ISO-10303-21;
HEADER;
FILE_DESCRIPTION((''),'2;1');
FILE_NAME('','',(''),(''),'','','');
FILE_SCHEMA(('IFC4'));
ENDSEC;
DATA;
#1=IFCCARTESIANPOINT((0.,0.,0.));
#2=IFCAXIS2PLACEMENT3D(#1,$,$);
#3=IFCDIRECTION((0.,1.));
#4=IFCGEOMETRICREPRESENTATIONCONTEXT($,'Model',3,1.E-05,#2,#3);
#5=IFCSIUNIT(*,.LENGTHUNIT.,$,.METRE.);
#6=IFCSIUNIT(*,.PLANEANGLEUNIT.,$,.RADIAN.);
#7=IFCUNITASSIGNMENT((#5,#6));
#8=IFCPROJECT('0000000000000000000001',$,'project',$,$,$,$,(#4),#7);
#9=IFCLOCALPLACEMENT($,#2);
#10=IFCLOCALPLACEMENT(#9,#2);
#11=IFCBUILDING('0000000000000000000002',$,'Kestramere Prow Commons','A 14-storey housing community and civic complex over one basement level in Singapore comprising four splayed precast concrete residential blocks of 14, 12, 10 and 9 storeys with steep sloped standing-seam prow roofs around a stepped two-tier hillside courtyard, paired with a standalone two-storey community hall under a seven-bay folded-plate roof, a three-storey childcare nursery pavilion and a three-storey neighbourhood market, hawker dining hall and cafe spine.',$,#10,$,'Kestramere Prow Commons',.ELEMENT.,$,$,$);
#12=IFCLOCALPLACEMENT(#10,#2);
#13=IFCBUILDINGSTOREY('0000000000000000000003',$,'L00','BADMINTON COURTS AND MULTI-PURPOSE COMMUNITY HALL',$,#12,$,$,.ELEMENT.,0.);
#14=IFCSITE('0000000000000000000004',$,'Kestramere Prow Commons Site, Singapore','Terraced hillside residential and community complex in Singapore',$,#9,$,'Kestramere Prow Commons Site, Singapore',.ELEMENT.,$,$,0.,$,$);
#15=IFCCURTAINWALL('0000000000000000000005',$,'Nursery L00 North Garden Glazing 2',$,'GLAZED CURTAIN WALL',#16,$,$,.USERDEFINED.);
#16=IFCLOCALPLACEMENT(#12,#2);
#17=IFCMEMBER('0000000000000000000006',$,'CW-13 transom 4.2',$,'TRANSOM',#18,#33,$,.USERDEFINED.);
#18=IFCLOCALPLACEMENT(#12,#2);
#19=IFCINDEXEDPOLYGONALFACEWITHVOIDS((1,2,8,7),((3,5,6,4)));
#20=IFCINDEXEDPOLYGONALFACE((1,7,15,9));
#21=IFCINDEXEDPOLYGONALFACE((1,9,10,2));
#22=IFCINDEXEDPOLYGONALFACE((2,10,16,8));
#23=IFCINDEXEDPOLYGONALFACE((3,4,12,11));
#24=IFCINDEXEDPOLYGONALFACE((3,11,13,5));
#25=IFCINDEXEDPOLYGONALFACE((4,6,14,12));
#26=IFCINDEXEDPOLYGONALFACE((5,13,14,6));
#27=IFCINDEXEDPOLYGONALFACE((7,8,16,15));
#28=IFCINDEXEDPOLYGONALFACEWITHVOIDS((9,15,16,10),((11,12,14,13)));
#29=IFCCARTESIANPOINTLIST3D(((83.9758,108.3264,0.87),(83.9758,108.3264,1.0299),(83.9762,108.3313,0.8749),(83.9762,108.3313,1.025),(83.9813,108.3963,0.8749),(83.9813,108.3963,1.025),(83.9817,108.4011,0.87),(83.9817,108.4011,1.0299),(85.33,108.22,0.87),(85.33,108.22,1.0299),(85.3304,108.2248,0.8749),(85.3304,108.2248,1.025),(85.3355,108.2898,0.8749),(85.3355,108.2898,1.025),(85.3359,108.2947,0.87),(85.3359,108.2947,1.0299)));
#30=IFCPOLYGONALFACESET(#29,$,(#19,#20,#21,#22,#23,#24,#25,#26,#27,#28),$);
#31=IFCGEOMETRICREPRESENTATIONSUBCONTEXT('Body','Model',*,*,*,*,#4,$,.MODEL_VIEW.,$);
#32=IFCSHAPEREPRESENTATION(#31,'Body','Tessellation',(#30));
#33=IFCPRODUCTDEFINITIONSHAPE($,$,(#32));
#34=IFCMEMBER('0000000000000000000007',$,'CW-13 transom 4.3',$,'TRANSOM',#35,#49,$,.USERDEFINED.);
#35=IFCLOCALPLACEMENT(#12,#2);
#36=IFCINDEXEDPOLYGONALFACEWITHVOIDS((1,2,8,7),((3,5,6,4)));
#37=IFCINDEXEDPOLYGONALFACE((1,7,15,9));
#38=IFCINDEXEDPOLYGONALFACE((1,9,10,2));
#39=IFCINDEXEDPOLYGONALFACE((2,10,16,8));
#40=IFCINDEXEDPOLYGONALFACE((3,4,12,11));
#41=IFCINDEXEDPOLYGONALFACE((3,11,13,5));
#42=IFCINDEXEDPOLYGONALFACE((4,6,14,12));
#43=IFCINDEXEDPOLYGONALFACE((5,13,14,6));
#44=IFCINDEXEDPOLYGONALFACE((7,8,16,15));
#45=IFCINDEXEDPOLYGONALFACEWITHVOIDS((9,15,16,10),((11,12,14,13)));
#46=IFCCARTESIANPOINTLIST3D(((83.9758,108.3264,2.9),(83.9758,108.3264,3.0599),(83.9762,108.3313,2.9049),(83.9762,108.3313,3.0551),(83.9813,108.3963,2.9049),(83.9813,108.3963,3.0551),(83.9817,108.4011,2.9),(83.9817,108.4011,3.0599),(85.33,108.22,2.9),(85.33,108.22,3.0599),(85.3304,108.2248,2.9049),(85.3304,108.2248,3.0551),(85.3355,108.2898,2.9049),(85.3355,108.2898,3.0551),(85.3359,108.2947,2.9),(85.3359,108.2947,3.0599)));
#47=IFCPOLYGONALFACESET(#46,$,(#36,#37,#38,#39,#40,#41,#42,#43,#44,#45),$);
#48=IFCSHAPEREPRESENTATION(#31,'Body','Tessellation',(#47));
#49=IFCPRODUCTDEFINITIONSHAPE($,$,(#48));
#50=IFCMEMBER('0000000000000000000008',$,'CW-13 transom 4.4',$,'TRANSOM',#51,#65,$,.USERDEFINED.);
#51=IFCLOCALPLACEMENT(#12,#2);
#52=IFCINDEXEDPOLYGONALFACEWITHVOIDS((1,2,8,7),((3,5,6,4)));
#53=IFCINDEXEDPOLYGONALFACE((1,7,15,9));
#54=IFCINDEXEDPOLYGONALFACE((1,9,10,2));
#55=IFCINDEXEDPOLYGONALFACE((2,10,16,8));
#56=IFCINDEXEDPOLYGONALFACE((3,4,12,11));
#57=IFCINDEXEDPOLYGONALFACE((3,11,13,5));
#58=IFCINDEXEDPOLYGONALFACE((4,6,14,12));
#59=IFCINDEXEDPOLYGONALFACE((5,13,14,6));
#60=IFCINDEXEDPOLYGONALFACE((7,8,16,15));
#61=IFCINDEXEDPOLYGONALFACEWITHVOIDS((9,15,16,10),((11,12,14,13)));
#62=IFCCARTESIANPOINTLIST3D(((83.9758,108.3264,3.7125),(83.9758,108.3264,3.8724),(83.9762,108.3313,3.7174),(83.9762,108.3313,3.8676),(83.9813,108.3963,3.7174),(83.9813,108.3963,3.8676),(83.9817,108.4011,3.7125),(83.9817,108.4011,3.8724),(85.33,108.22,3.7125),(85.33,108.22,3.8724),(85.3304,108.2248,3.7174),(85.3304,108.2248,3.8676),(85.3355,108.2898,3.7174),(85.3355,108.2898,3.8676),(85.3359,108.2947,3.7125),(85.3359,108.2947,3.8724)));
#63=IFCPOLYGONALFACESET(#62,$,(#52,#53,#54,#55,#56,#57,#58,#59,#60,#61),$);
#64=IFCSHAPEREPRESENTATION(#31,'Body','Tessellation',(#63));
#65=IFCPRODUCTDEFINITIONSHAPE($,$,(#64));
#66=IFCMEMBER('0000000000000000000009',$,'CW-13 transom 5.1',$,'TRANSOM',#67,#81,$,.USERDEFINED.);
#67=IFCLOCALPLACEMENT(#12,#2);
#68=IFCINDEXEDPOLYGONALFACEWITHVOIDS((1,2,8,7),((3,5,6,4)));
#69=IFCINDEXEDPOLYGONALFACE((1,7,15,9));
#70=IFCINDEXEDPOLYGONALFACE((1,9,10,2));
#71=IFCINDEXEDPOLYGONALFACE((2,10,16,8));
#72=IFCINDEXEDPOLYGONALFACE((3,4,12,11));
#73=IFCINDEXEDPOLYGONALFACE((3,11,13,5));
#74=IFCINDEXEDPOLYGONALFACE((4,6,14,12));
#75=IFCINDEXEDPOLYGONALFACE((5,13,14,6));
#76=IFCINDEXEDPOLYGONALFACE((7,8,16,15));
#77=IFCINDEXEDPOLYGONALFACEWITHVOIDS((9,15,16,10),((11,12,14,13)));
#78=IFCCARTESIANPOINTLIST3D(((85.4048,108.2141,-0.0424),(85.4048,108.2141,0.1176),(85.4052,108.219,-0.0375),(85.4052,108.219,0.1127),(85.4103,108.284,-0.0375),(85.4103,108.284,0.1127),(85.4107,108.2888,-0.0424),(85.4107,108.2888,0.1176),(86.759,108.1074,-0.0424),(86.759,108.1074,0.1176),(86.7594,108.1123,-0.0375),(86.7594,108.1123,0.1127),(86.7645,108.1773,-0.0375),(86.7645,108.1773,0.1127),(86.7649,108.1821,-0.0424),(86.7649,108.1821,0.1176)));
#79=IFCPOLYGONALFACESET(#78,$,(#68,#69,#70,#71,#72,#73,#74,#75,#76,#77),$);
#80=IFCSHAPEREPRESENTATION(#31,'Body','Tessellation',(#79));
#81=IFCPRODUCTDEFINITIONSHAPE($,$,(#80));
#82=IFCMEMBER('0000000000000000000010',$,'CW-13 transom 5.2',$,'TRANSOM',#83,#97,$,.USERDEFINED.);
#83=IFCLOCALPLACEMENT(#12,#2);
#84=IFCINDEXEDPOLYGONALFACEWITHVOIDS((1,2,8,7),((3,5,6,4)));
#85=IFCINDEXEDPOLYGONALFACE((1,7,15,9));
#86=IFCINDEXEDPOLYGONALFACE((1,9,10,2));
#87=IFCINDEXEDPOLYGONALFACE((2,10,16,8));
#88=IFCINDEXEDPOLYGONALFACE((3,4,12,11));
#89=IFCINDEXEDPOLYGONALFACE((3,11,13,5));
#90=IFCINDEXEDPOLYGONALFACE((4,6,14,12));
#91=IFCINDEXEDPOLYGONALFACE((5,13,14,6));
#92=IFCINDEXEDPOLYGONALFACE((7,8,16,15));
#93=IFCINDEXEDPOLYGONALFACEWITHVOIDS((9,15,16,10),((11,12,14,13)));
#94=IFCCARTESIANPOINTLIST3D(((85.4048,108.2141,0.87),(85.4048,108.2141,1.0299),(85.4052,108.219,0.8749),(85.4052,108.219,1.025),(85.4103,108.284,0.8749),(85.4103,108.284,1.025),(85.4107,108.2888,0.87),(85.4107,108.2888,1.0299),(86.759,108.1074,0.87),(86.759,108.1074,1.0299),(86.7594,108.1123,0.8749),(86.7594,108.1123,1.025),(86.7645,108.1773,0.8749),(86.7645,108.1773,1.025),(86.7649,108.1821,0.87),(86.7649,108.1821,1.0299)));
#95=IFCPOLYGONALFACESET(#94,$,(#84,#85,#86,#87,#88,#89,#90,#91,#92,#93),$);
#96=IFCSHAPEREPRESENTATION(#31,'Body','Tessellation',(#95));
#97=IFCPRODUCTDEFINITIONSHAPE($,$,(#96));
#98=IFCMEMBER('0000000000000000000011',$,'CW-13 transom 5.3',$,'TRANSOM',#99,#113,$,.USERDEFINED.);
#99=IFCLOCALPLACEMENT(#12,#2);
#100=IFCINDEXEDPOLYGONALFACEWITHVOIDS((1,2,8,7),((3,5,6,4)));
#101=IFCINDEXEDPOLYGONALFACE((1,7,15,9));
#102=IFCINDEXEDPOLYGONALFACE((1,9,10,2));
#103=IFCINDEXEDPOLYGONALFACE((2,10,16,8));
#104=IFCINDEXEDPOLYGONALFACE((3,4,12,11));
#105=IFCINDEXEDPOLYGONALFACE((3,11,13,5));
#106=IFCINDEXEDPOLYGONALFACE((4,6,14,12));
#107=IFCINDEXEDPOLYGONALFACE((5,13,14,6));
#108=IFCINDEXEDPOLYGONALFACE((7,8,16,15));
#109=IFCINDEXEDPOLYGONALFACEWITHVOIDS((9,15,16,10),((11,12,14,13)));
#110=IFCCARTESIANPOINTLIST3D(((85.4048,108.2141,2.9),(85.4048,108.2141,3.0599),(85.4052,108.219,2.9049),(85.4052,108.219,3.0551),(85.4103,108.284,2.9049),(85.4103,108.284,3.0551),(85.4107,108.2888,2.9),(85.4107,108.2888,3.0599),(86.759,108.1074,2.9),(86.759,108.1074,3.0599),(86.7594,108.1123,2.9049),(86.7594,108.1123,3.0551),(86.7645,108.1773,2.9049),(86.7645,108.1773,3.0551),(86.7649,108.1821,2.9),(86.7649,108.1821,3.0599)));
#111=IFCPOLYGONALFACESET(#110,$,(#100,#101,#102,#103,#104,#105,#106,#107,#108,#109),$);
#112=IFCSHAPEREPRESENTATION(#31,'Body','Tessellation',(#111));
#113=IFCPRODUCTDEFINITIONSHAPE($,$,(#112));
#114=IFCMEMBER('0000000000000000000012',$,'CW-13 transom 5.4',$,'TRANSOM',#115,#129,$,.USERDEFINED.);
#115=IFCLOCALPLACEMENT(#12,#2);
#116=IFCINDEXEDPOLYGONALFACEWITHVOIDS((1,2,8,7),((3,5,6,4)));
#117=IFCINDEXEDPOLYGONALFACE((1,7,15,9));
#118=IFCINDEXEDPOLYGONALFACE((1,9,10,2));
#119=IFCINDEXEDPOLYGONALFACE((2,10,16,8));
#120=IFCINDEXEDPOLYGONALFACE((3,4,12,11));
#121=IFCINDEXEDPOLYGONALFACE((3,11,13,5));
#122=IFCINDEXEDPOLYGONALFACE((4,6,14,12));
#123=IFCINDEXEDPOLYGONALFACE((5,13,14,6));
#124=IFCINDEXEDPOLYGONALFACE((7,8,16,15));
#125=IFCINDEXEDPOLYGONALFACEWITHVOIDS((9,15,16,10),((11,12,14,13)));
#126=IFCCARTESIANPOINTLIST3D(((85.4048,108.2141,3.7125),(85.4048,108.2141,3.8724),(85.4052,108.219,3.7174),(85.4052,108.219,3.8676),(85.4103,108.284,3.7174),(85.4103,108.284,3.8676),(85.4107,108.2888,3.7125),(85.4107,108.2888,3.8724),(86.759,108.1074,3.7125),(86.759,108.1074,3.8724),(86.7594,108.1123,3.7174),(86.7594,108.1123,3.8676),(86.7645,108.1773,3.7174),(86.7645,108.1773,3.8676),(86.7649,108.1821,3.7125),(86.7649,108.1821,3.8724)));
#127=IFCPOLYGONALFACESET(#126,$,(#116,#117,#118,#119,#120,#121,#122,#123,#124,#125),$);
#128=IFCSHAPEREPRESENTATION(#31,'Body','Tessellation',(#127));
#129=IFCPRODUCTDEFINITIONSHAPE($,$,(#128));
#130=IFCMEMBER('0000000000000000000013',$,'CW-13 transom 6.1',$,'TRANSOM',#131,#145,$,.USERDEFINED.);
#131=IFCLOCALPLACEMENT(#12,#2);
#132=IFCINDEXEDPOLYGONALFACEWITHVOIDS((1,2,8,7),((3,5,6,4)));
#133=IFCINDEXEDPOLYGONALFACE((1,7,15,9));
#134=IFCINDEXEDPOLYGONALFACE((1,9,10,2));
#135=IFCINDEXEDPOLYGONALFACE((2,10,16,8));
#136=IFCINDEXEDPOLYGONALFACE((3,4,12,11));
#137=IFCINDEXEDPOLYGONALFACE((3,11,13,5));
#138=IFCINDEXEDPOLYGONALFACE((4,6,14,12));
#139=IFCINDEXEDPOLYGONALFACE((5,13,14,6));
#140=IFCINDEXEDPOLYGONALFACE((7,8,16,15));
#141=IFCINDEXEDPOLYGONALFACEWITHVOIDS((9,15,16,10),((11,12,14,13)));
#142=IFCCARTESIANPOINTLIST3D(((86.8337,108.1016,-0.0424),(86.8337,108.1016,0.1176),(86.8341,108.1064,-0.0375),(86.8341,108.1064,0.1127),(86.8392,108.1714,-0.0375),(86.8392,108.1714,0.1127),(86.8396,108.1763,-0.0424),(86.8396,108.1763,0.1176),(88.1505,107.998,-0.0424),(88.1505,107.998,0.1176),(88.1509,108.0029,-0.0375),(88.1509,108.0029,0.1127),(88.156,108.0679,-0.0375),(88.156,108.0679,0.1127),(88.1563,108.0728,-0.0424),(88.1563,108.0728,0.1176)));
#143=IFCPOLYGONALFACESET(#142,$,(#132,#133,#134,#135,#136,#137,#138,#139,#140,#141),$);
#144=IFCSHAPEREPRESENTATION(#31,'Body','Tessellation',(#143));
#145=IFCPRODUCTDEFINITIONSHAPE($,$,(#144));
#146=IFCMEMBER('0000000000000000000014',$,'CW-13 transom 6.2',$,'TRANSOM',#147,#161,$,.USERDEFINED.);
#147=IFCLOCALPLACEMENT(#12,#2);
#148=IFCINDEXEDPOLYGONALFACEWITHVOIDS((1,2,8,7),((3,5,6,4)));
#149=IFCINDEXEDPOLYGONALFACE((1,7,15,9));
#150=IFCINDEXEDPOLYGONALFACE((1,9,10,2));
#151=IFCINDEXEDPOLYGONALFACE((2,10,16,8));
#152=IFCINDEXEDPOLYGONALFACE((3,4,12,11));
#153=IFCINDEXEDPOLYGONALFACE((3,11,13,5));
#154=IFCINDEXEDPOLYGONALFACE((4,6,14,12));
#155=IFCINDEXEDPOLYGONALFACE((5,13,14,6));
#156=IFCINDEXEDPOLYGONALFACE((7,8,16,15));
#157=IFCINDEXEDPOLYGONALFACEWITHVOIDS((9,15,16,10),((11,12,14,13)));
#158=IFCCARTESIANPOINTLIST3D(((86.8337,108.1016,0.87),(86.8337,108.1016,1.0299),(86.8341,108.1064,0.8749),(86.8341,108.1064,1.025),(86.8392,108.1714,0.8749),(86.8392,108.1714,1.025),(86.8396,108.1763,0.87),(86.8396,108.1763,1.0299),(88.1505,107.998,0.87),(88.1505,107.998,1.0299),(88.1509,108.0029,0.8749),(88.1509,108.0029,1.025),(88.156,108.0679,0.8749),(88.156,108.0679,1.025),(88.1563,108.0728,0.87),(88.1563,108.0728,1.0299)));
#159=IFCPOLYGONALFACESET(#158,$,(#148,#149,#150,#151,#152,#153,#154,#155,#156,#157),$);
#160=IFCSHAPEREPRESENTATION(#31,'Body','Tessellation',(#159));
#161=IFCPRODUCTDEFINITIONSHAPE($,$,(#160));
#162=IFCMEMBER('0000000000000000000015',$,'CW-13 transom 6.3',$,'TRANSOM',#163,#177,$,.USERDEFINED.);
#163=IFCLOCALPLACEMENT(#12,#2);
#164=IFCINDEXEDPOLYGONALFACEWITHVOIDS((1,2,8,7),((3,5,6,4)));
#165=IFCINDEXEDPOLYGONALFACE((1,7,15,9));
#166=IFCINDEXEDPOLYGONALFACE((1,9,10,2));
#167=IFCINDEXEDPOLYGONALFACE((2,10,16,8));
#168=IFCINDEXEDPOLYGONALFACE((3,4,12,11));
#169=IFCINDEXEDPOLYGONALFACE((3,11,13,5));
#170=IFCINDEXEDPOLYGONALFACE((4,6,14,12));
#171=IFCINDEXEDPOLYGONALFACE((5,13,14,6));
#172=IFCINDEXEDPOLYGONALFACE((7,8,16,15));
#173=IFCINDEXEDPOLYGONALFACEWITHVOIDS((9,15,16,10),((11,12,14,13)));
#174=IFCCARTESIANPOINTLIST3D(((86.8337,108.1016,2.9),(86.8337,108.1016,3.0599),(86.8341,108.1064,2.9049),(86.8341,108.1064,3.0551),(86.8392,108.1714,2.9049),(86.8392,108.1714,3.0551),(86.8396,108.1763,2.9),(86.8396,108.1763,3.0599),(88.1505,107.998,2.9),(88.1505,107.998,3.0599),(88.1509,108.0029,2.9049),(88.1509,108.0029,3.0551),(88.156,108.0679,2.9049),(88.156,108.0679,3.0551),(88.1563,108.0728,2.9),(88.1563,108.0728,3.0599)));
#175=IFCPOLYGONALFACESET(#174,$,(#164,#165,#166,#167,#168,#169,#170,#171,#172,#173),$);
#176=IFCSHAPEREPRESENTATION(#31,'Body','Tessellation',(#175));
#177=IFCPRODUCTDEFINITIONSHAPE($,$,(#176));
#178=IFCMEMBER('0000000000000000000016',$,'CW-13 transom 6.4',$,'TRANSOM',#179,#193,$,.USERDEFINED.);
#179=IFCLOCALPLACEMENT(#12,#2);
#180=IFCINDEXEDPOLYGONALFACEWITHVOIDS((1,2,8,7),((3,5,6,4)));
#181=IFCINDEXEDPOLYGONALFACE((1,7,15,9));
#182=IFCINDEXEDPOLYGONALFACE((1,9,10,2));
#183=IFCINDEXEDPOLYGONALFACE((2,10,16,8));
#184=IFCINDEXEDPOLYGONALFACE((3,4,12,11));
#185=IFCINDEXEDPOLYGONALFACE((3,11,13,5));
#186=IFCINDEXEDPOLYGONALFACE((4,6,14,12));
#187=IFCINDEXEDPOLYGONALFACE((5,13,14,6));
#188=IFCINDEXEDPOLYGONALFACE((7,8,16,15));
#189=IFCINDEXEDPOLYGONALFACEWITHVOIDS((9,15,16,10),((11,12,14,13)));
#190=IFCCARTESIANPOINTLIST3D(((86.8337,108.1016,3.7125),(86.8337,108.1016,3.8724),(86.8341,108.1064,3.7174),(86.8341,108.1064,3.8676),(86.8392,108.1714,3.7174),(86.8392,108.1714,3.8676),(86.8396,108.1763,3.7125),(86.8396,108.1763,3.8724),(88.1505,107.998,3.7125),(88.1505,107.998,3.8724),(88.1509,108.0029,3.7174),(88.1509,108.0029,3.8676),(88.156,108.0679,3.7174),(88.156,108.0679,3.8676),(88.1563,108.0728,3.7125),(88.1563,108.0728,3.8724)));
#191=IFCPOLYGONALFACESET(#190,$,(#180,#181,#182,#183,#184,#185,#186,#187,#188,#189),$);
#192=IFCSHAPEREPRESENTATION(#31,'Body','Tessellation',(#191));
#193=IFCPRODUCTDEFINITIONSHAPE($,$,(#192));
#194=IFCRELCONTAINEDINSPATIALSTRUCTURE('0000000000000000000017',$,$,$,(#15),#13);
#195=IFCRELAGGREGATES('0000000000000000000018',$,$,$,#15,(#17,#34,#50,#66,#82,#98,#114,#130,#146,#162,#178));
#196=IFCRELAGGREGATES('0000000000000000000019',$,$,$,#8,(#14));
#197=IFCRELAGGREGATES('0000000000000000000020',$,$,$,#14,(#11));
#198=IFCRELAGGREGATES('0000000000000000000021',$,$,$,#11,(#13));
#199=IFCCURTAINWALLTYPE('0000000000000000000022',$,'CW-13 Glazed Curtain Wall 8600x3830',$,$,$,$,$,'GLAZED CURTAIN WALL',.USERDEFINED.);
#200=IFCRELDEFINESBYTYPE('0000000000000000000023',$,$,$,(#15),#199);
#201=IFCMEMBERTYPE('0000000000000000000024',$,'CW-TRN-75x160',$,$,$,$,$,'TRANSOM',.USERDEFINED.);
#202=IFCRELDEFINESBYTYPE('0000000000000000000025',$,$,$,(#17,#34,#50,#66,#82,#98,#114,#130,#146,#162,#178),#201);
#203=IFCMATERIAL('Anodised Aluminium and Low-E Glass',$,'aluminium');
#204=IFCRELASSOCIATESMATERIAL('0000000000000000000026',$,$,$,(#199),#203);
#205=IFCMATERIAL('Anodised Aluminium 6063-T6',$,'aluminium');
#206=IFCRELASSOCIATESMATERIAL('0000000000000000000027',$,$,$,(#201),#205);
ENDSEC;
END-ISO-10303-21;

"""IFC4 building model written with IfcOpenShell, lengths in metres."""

from ifc_helpers import new_model, si_unit, direction, frame, origin, origin_2d, place, context, subcontext, project, spatial, hollow_rectangle, extrude, material, material_profile, profile_set, type_object, element, aggregate, save


model = new_model("IFC4")

# Units and contexts
model_context = context("Model", 3, precision=1e-05, world=origin(), true_north=direction((0.0, 1.0)))
body_context = subcontext(model_context, "Body", "Model", "MODEL_VIEW")
ifc_project = project(units=[si_unit("LENGTHUNIT", "METRE"), si_unit("PLANEANGLEUNIT", "RADIAN")], contexts=[model_context])

# Site, building, storey
site_placement = place(None, origin())
site = spatial("IfcSite", under=ifc_project, at=site_placement, Name="Kestramere Prow Commons Site, Singapore", Description="Terraced hillside residential and community complex in Singapore", LongName="Kestramere Prow Commons Site, Singapore", CompositionType="ELEMENT", RefElevation=0.0)
building_placement = place(site_placement, origin())
building = spatial("IfcBuilding", under=site, at=building_placement, Name="Kestramere Prow Commons", Description="A 14-storey housing community and civic complex over one basement level in Singapore comprising four splayed precast concrete residential blocks of 14, 12, 10 and 9 storeys with steep sloped standing-seam prow roofs around a stepped two-tier hillside courtyard, paired with a standalone two-storey community hall under a seven-bay folded-plate roof, a three-storey childcare nursery pavilion and a three-storey neighbourhood market, hawker dining hall and cafe spine.", LongName="Kestramere Prow Commons", CompositionType="ELEMENT")
storey_placement = place(building_placement, origin())
storey = spatial("IfcBuildingStorey", under=building, at=storey_placement, Name="L00", Description="BADMINTON COURTS AND MULTI-PURPOSE COMMUNITY HALL", CompositionType="ELEMENT", Elevation=0.0)

# Curtain wall, members
ifc_material_1 = material(Name="Anodised Aluminium and Low-E Glass", Category="aluminium")
curtain_wall_type = type_object("IfcCurtainWallType", Name="CW-13 Glazed Curtain Wall 8600x3830", ElementType="GLAZED CURTAIN WALL", PredefinedType="USERDEFINED", material=ifc_material_1)
curtain_wall_placement = place(storey_placement, origin())
curtain_wall = element("IfcCurtainWall", 1, at=curtain_wall_placement, inside=storey, type_object=curtain_wall_type, Name="Nursery L00 North Garden Glazing 2", ObjectType="GLAZED CURTAIN WALL", PredefinedType="USERDEFINED")
ifc_material_2 = material(Name="Anodised Aluminium 6063-T6", Category="aluminium")
ifc_material_profile_1 = material_profile(ifc_material_2, hollow_rectangle(XDim=0.075, YDim=0.1599, WallThickness=0.0049, at=origin_2d()), Name="ALU-TRN 75x160")
ifc_profile_set_1 = profile_set([ifc_material_profile_1], Name="Anodised Aluminium 6063-T6")
member_type_1 = type_object("IfcMemberType", Name="CW-TRN-75x160", ElementType="TRANSOM", PredefinedType="USERDEFINED", material=ifc_profile_set_1)
member_1_placement = place(storey_placement, frame((83.9788, 108.3638, 0.95), z_axis=(0.996925, -0.078359, 0.0), x_axis=(0.078359, 0.996925, 0.0)))
member_1 = element("IfcMember", 2, at=member_1_placement, type_object=member_type_1, Name="CW-13 transom 4.2", ObjectType="TRANSOM", PredefinedType="USERDEFINED", context=body_context, shape_type="SweptSolid", body=[
    extrude(hollow_rectangle(XDim=0.075, YDim=0.1599, WallThickness=0.0049, at=origin_2d()), origin(), (0.0, 0.0, 1.0), 1.3584),
])
member_2_placement = place(storey_placement, frame((83.9788, 108.3638, 2.98), z_axis=(0.996925, -0.078359, 0.0), x_axis=(0.078359, 0.996925, 0.0)))
member_2 = element("IfcMember", 3, at=member_2_placement, type_object=member_type_1, Name="CW-13 transom 4.3", ObjectType="TRANSOM", PredefinedType="USERDEFINED", context=body_context, shape_type="SweptSolid", body=[
    extrude(hollow_rectangle(XDim=0.075, YDim=0.1599, WallThickness=0.0049, at=origin_2d()), origin(), (0.0, 0.0, 1.0), 1.3584),
])
member_3_placement = place(storey_placement, frame((83.9788, 108.3638, 3.7925), z_axis=(0.996925, -0.078359, 0.0), x_axis=(0.078359, 0.996925, 0.0)))
member_3 = element("IfcMember", 4, at=member_3_placement, type_object=member_type_1, Name="CW-13 transom 4.4", ObjectType="TRANSOM", PredefinedType="USERDEFINED", context=body_context, shape_type="SweptSolid", body=[
    extrude(hollow_rectangle(XDim=0.075, YDim=0.1599, WallThickness=0.0049, at=origin_2d()), origin(), (0.0, 0.0, 1.0), 1.3584),
])
member_4_placement = place(storey_placement, frame((85.4077, 108.2515, 0.0376), z_axis=(0.996911, -0.078538, 0.0), x_axis=(0.078538, 0.996911, 0.0)))
member_4 = element("IfcMember", 5, at=member_4_placement, type_object=member_type_1, Name="CW-13 transom 5.1", ObjectType="TRANSOM", PredefinedType="USERDEFINED", context=body_context, shape_type="SweptSolid", body=[
    extrude(hollow_rectangle(XDim=0.075, YDim=0.1599, WallThickness=0.0049, at=origin_2d()), origin(), (0.0, 0.0, 1.0), 1.3584),
])
member_5_placement = place(storey_placement, frame((85.4077, 108.2515, 0.95), z_axis=(0.996911, -0.078538, 0.0), x_axis=(0.078538, 0.996911, 0.0)))
member_5 = element("IfcMember", 6, at=member_5_placement, type_object=member_type_1, Name="CW-13 transom 5.2", ObjectType="TRANSOM", PredefinedType="USERDEFINED", context=body_context, shape_type="SweptSolid", body=[
    extrude(hollow_rectangle(XDim=0.075, YDim=0.1599, WallThickness=0.0049, at=origin_2d()), origin(), (0.0, 0.0, 1.0), 1.3584),
])
member_6_placement = place(storey_placement, frame((85.4077, 108.2515, 2.98), z_axis=(0.996911, -0.078538, 0.0), x_axis=(0.078538, 0.996911, 0.0)))
member_6 = element("IfcMember", 7, at=member_6_placement, type_object=member_type_1, Name="CW-13 transom 5.3", ObjectType="TRANSOM", PredefinedType="USERDEFINED", context=body_context, shape_type="SweptSolid", body=[
    extrude(hollow_rectangle(XDim=0.075, YDim=0.1599, WallThickness=0.0049, at=origin_2d()), origin(), (0.0, 0.0, 1.0), 1.3584),
])
member_7_placement = place(storey_placement, frame((85.4077, 108.2515, 3.7925), z_axis=(0.996911, -0.078538, 0.0), x_axis=(0.078538, 0.996911, 0.0)))
member_7 = element("IfcMember", 8, at=member_7_placement, type_object=member_type_1, Name="CW-13 transom 5.4", ObjectType="TRANSOM", PredefinedType="USERDEFINED", context=body_context, shape_type="SweptSolid", body=[
    extrude(hollow_rectangle(XDim=0.075, YDim=0.1599, WallThickness=0.0049, at=origin_2d()), origin(), (0.0, 0.0, 1.0), 1.3584),
])
member_8_placement = place(storey_placement, frame((86.8367, 108.1389, 0.0376), z_axis=(0.996924, -0.078379, 0.0), x_axis=(0.078379, 0.996924, 0.0)))
member_8 = element("IfcMember", 9, at=member_8_placement, type_object=member_type_1, Name="CW-13 transom 6.1", ObjectType="TRANSOM", PredefinedType="USERDEFINED", context=body_context, shape_type="SweptSolid", body=[
    extrude(hollow_rectangle(XDim=0.075, YDim=0.1599, WallThickness=0.0049, at=origin_2d()), origin(), (0.0, 0.0, 1.0), 1.3208),
])
member_9_placement = place(storey_placement, frame((86.8367, 108.1389, 0.95), z_axis=(0.996924, -0.078379, 0.0), x_axis=(0.078379, 0.996924, 0.0)))
member_9 = element("IfcMember", 10, at=member_9_placement, type_object=member_type_1, Name="CW-13 transom 6.2", ObjectType="TRANSOM", PredefinedType="USERDEFINED", context=body_context, shape_type="SweptSolid", body=[
    extrude(hollow_rectangle(XDim=0.075, YDim=0.1599, WallThickness=0.0049, at=origin_2d()), origin(), (0.0, 0.0, 1.0), 1.3208),
])
member_10_placement = place(storey_placement, frame((86.8367, 108.1389, 2.98), z_axis=(0.996924, -0.078379, 0.0), x_axis=(0.078379, 0.996924, 0.0)))
member_10 = element("IfcMember", 11, at=member_10_placement, type_object=member_type_1, Name="CW-13 transom 6.3", ObjectType="TRANSOM", PredefinedType="USERDEFINED", context=body_context, shape_type="SweptSolid", body=[
    extrude(hollow_rectangle(XDim=0.075, YDim=0.1599, WallThickness=0.0049, at=origin_2d()), origin(), (0.0, 0.0, 1.0), 1.3208),
])
member_11_placement = place(storey_placement, frame((86.8367, 108.1389, 3.7925), z_axis=(0.996924, -0.078379, 0.0), x_axis=(0.078379, 0.996924, 0.0)))
member_11 = element("IfcMember", 12, at=member_11_placement, type_object=member_type_1, Name="CW-13 transom 6.4", ObjectType="TRANSOM", PredefinedType="USERDEFINED", context=body_context, shape_type="SweptSolid", body=[
    extrude(hollow_rectangle(XDim=0.075, YDim=0.1599, WallThickness=0.0049, at=origin_2d()), origin(), (0.0, 0.0, 1.0), 1.3208),
])
aggregate(curtain_wall, [member_1, member_2, member_3, member_4, member_5, member_6, member_7, member_8, member_9, member_10, member_11])

save(model, "model.ifc")
